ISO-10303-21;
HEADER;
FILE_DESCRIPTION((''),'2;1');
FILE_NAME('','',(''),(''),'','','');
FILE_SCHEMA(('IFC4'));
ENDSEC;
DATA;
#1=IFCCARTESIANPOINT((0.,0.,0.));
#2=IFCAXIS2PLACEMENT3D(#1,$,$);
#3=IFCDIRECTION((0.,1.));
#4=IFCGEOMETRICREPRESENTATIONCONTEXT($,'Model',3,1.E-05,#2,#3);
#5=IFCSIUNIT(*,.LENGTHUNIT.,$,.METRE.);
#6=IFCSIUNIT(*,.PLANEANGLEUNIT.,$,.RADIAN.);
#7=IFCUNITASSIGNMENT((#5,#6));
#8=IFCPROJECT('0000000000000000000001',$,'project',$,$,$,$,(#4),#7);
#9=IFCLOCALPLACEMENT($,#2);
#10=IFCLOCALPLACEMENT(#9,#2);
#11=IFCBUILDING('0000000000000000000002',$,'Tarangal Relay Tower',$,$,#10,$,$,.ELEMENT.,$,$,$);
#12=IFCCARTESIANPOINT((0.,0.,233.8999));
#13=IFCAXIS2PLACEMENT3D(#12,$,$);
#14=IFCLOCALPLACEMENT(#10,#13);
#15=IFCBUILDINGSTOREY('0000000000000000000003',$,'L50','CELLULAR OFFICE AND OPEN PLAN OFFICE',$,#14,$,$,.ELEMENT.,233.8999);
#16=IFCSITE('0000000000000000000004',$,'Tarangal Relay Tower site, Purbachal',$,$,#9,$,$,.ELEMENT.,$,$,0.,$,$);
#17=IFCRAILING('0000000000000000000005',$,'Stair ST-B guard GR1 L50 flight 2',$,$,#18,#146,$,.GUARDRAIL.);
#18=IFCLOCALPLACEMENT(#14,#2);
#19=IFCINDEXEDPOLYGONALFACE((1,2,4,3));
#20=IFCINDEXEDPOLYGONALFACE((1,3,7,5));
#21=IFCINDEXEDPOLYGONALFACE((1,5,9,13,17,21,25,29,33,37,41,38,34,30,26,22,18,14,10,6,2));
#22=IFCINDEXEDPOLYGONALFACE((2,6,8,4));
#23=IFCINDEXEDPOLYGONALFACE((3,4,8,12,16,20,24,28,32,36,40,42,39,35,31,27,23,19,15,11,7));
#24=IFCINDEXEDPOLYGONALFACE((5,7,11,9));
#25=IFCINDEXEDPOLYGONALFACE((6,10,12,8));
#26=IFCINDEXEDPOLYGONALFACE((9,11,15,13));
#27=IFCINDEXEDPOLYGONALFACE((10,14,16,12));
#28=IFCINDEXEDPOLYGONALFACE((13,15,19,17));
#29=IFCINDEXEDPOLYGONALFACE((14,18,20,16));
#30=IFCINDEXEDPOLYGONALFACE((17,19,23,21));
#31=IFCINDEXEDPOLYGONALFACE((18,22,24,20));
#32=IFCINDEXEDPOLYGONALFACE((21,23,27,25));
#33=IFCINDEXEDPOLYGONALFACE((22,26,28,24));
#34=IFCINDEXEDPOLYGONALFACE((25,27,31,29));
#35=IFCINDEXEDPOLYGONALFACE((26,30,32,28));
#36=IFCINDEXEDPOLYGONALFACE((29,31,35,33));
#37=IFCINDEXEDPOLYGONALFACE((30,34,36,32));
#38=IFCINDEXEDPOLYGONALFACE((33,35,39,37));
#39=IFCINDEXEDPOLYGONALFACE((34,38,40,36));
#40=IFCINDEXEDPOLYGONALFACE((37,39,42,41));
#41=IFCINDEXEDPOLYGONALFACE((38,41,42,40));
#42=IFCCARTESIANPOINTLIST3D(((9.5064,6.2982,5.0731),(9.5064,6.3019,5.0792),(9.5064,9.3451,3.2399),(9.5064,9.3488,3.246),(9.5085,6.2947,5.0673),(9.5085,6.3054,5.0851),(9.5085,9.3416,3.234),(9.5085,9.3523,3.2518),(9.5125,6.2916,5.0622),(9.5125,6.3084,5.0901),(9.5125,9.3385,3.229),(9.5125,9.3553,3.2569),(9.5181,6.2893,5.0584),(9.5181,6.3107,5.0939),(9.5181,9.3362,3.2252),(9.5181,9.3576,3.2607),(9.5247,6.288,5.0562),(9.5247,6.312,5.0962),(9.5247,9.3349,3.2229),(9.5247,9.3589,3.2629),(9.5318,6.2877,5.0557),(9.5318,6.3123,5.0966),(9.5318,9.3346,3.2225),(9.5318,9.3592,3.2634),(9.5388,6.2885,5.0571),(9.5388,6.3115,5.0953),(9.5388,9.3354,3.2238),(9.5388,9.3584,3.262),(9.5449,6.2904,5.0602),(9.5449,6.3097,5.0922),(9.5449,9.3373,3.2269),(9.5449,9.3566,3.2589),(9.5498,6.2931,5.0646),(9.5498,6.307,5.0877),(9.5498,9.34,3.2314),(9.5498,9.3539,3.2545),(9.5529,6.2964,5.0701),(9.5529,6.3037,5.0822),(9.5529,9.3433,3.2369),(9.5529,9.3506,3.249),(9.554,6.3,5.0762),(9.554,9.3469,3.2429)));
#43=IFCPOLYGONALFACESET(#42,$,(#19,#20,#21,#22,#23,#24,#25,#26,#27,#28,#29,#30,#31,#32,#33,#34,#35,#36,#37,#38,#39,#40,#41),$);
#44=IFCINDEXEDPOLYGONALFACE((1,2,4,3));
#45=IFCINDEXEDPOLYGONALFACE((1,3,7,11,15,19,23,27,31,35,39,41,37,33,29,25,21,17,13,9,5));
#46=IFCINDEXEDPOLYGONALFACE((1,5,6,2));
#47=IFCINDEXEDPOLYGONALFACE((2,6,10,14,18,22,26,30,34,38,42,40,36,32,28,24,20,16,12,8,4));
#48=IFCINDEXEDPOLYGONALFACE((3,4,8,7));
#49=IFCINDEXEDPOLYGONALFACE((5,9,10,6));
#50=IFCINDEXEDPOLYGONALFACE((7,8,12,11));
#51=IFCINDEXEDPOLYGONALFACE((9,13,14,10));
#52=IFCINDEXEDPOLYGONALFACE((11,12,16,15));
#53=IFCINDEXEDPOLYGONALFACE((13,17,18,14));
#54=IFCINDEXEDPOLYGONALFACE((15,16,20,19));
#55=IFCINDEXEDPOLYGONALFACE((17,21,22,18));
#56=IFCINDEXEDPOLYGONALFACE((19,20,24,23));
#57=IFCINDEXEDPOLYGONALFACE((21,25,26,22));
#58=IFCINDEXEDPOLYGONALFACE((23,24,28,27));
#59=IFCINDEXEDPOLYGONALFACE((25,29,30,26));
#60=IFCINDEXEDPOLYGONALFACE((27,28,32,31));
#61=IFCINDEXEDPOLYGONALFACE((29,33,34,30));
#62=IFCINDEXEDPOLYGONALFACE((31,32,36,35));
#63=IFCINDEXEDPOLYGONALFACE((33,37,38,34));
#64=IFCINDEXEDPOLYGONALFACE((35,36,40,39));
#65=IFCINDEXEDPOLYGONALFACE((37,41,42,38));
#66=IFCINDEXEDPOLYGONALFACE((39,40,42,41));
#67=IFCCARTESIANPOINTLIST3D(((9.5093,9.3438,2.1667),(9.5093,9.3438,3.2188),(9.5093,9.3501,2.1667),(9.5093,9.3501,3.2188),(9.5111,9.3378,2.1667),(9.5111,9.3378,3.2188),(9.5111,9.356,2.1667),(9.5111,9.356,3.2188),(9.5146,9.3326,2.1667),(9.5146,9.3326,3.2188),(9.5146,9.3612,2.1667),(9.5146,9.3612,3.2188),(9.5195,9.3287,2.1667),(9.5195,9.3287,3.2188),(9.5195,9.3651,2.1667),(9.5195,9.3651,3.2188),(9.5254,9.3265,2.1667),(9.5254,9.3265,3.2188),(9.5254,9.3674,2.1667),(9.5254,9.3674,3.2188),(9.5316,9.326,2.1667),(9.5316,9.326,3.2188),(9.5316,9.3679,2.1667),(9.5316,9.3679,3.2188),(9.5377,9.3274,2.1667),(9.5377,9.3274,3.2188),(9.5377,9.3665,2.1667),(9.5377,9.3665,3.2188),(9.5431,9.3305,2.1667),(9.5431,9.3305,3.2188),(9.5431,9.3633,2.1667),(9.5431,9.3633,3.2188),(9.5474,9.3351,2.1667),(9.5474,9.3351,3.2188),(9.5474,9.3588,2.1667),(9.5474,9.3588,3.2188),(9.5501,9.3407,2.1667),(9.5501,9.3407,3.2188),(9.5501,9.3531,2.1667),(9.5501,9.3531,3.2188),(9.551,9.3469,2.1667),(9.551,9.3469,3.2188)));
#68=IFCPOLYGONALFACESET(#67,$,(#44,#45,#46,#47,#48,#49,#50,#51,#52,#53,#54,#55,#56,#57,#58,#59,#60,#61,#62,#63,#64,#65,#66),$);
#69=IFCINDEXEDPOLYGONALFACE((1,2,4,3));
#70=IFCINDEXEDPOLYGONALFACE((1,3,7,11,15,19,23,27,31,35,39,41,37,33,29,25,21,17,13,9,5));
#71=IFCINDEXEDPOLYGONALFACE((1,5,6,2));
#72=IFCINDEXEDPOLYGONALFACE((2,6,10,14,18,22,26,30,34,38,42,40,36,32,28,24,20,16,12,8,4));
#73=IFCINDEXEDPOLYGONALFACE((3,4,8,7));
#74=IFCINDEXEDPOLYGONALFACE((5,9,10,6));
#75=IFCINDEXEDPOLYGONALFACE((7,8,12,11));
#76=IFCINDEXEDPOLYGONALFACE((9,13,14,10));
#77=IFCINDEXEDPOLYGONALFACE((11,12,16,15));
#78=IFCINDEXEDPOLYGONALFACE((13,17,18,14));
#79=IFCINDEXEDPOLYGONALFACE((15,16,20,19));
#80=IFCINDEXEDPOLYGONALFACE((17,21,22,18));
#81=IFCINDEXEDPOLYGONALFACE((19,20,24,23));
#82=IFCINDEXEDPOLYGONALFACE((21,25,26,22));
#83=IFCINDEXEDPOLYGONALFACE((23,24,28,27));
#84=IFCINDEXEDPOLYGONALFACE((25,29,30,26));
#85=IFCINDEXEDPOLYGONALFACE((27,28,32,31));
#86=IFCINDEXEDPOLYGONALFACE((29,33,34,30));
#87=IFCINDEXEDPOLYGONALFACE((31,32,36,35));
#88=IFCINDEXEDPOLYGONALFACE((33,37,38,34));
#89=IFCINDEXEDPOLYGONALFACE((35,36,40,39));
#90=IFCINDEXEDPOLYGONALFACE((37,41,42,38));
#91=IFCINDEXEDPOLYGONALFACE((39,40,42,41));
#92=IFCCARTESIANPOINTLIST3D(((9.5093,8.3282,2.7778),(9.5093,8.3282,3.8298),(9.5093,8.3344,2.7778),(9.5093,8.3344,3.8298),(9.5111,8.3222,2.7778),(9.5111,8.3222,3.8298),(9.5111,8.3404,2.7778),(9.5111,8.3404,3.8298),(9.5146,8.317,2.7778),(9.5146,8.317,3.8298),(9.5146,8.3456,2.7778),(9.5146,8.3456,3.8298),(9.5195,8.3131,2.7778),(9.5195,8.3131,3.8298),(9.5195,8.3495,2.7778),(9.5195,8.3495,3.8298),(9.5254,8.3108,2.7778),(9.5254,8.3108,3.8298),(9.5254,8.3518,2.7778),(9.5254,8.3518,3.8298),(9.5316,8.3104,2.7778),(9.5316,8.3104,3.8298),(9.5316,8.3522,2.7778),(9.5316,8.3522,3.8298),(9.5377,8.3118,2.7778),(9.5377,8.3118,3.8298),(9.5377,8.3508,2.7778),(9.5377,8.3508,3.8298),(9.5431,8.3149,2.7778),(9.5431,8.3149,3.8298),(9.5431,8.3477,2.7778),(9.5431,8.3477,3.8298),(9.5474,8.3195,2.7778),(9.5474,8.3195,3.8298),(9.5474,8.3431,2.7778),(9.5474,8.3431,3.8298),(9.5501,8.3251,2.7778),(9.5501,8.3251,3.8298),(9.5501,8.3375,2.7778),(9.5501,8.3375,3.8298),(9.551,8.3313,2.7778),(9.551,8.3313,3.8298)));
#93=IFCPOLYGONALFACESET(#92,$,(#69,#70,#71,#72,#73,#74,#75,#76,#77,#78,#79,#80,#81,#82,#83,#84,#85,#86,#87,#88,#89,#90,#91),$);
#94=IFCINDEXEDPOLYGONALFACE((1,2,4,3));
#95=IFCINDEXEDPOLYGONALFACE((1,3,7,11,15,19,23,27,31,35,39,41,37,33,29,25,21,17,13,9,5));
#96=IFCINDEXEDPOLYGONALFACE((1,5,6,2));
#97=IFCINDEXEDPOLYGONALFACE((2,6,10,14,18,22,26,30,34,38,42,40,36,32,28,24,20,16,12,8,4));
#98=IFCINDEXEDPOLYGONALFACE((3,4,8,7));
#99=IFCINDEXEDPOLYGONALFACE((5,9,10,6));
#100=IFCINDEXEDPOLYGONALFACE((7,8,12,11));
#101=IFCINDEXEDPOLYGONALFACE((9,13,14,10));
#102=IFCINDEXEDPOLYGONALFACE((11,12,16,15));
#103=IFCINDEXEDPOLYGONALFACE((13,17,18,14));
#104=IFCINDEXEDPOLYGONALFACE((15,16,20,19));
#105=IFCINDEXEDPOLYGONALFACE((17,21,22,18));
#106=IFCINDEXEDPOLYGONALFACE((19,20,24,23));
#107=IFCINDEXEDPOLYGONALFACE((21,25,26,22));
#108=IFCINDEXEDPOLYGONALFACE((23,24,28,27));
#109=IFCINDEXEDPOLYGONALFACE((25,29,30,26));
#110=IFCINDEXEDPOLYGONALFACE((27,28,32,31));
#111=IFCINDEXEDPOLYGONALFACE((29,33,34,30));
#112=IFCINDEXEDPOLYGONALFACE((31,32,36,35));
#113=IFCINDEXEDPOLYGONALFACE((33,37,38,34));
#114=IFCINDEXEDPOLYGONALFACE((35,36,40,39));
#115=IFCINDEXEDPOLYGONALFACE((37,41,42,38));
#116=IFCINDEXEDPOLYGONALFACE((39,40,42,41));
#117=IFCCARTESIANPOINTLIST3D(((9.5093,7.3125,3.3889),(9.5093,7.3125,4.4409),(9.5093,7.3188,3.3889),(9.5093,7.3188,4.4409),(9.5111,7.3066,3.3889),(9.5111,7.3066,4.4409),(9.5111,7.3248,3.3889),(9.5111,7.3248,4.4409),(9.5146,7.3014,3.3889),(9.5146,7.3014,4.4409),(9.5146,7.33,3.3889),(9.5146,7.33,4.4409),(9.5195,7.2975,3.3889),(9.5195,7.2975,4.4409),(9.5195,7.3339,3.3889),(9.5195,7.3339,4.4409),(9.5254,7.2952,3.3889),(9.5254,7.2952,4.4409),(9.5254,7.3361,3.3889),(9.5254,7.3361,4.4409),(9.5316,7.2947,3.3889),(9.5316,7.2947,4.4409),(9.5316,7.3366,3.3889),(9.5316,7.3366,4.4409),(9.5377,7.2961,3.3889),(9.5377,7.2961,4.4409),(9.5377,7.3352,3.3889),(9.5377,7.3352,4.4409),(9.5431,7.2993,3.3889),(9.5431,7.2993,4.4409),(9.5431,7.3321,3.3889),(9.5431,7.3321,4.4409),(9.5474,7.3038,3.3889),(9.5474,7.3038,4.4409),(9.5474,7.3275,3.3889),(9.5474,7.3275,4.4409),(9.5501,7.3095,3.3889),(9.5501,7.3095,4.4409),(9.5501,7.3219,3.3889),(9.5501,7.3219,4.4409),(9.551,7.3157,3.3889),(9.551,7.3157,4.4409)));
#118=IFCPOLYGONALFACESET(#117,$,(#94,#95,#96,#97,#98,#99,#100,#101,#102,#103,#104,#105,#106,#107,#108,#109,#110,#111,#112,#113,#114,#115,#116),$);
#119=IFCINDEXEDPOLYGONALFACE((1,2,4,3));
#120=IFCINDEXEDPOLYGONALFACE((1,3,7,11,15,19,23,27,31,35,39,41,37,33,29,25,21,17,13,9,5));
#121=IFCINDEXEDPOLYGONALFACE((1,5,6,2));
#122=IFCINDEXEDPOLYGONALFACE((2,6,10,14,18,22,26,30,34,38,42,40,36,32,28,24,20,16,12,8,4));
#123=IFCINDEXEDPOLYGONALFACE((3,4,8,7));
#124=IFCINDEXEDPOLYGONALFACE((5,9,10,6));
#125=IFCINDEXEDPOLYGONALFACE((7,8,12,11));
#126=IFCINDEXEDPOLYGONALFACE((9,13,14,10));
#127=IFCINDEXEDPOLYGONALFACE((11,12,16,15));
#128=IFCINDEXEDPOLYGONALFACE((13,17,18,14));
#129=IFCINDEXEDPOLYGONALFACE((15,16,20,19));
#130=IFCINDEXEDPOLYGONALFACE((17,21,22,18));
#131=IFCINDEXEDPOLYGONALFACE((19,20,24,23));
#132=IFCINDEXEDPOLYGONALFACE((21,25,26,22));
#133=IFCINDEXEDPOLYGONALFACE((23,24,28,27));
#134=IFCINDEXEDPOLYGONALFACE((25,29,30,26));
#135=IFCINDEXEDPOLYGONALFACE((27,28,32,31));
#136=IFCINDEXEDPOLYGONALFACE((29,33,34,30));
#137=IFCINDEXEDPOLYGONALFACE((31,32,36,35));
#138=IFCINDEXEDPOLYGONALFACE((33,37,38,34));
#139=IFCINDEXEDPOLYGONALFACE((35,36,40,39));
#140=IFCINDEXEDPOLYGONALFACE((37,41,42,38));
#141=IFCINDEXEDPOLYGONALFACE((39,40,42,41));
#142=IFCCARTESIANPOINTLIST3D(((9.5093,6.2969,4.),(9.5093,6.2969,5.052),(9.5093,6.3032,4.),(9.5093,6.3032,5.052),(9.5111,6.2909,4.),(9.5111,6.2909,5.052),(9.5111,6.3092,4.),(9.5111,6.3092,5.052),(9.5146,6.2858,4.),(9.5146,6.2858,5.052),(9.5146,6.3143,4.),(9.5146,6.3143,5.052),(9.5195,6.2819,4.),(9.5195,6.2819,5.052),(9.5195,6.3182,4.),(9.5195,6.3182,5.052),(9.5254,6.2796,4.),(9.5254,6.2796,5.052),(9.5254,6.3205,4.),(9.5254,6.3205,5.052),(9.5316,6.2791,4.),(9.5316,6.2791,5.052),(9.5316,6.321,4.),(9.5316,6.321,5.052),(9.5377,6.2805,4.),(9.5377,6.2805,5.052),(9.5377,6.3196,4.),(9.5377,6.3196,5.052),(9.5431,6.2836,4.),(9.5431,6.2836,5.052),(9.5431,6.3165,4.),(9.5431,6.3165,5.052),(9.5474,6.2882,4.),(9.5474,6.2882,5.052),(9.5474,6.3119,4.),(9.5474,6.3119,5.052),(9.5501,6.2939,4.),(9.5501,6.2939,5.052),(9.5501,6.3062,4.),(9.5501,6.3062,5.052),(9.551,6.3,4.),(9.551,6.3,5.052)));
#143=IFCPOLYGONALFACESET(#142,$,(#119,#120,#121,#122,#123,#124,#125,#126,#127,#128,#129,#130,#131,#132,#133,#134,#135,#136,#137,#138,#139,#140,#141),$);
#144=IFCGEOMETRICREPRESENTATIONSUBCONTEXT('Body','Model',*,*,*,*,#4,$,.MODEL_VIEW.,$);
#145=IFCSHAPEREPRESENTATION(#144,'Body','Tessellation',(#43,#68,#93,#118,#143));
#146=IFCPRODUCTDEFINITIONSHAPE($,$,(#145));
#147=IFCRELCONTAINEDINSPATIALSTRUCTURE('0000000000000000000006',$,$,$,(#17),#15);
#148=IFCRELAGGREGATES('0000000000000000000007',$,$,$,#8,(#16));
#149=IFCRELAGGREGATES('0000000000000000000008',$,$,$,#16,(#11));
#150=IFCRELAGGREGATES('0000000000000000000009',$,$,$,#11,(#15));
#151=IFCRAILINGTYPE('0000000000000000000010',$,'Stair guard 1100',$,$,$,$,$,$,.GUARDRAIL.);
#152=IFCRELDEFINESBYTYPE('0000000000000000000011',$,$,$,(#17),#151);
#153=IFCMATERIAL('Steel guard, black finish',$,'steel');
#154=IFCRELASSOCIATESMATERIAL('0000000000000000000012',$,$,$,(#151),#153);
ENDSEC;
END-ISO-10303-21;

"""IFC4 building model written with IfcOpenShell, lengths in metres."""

from ifc_helpers import new_model, si_unit, direction, frame, origin, origin_2d, place, context, subcontext, project, spatial, circle, extrude, material, type_object, element, save


model = new_model("IFC4")

# Units and contexts
model_context = context("Model", 3, precision=1e-05, world=origin(), true_north=direction((0.0, 1.0)))
body_context = subcontext(model_context, "Body", "Model", "MODEL_VIEW")
ifc_project = project(units=[si_unit("LENGTHUNIT", "METRE"), si_unit("PLANEANGLEUNIT", "RADIAN")], contexts=[model_context])

# Site, building, storey
site_placement = place(None, origin())
site = spatial("IfcSite", under=ifc_project, at=site_placement, Name="Tarangal Relay Tower site, Purbachal", CompositionType="ELEMENT", RefElevation=0.0)
building_placement = place(site_placement, origin())
building = spatial("IfcBuilding", under=site, at=building_placement, Name="Tarangal Relay Tower", CompositionType="ELEMENT")
storey_placement = place(building_placement, frame((0.0, 0.0, 233.8999)))
storey = spatial("IfcBuildingStorey", under=building, at=storey_placement, Name="L50", Description="CELLULAR OFFICE AND OPEN PLAN OFFICE", CompositionType="ELEMENT", Elevation=233.8999)

# Railing
ifc_material_1 = material(Name="Steel guard, black finish", Category="steel")
railing_type_1 = type_object("IfcRailingType", Name="Stair guard 1100", PredefinedType="GUARDRAIL", material=ifc_material_1)
railing_1_placement = place(storey_placement, frame((9.53, 9.3469, 2.1667)))
element("IfcRailing", 1, at=railing_1_placement, inside=storey, type_object=railing_type_1, Name="Stair ST-B guard GR1 L50 flight 2", PredefinedType="GUARDRAIL", context=body_context, shape_type="SweptSolid", body=[
    extrude(circle(Radius=0.0239, at=origin_2d()), frame((0.0, 0.0, 1.0762), z_axis=(0.0, -0.856856, 0.515556), x_axis=(1.0, 0.0, 0.0)), (0.0, 0.0, 1.0), 3.5559),
    extrude(circle(Radius=0.021, at=origin_2d()), origin(), (0.0, 0.0, 1.0), 1.052),
    extrude(circle(Radius=0.021, at=origin_2d()), frame((0.0, -1.0156, 0.6111)), (0.0, 0.0, 1.0), 1.052),
    extrude(circle(Radius=0.021, at=origin_2d()), frame((0.0, -2.0312, 1.2222)), (0.0, 0.0, 1.0), 1.052),
    extrude(circle(Radius=0.021, at=origin_2d()), frame((0.0, -3.0469, 1.8333)), (0.0, 0.0, 1.0), 1.052),
])

save(model, "model.ifc")
